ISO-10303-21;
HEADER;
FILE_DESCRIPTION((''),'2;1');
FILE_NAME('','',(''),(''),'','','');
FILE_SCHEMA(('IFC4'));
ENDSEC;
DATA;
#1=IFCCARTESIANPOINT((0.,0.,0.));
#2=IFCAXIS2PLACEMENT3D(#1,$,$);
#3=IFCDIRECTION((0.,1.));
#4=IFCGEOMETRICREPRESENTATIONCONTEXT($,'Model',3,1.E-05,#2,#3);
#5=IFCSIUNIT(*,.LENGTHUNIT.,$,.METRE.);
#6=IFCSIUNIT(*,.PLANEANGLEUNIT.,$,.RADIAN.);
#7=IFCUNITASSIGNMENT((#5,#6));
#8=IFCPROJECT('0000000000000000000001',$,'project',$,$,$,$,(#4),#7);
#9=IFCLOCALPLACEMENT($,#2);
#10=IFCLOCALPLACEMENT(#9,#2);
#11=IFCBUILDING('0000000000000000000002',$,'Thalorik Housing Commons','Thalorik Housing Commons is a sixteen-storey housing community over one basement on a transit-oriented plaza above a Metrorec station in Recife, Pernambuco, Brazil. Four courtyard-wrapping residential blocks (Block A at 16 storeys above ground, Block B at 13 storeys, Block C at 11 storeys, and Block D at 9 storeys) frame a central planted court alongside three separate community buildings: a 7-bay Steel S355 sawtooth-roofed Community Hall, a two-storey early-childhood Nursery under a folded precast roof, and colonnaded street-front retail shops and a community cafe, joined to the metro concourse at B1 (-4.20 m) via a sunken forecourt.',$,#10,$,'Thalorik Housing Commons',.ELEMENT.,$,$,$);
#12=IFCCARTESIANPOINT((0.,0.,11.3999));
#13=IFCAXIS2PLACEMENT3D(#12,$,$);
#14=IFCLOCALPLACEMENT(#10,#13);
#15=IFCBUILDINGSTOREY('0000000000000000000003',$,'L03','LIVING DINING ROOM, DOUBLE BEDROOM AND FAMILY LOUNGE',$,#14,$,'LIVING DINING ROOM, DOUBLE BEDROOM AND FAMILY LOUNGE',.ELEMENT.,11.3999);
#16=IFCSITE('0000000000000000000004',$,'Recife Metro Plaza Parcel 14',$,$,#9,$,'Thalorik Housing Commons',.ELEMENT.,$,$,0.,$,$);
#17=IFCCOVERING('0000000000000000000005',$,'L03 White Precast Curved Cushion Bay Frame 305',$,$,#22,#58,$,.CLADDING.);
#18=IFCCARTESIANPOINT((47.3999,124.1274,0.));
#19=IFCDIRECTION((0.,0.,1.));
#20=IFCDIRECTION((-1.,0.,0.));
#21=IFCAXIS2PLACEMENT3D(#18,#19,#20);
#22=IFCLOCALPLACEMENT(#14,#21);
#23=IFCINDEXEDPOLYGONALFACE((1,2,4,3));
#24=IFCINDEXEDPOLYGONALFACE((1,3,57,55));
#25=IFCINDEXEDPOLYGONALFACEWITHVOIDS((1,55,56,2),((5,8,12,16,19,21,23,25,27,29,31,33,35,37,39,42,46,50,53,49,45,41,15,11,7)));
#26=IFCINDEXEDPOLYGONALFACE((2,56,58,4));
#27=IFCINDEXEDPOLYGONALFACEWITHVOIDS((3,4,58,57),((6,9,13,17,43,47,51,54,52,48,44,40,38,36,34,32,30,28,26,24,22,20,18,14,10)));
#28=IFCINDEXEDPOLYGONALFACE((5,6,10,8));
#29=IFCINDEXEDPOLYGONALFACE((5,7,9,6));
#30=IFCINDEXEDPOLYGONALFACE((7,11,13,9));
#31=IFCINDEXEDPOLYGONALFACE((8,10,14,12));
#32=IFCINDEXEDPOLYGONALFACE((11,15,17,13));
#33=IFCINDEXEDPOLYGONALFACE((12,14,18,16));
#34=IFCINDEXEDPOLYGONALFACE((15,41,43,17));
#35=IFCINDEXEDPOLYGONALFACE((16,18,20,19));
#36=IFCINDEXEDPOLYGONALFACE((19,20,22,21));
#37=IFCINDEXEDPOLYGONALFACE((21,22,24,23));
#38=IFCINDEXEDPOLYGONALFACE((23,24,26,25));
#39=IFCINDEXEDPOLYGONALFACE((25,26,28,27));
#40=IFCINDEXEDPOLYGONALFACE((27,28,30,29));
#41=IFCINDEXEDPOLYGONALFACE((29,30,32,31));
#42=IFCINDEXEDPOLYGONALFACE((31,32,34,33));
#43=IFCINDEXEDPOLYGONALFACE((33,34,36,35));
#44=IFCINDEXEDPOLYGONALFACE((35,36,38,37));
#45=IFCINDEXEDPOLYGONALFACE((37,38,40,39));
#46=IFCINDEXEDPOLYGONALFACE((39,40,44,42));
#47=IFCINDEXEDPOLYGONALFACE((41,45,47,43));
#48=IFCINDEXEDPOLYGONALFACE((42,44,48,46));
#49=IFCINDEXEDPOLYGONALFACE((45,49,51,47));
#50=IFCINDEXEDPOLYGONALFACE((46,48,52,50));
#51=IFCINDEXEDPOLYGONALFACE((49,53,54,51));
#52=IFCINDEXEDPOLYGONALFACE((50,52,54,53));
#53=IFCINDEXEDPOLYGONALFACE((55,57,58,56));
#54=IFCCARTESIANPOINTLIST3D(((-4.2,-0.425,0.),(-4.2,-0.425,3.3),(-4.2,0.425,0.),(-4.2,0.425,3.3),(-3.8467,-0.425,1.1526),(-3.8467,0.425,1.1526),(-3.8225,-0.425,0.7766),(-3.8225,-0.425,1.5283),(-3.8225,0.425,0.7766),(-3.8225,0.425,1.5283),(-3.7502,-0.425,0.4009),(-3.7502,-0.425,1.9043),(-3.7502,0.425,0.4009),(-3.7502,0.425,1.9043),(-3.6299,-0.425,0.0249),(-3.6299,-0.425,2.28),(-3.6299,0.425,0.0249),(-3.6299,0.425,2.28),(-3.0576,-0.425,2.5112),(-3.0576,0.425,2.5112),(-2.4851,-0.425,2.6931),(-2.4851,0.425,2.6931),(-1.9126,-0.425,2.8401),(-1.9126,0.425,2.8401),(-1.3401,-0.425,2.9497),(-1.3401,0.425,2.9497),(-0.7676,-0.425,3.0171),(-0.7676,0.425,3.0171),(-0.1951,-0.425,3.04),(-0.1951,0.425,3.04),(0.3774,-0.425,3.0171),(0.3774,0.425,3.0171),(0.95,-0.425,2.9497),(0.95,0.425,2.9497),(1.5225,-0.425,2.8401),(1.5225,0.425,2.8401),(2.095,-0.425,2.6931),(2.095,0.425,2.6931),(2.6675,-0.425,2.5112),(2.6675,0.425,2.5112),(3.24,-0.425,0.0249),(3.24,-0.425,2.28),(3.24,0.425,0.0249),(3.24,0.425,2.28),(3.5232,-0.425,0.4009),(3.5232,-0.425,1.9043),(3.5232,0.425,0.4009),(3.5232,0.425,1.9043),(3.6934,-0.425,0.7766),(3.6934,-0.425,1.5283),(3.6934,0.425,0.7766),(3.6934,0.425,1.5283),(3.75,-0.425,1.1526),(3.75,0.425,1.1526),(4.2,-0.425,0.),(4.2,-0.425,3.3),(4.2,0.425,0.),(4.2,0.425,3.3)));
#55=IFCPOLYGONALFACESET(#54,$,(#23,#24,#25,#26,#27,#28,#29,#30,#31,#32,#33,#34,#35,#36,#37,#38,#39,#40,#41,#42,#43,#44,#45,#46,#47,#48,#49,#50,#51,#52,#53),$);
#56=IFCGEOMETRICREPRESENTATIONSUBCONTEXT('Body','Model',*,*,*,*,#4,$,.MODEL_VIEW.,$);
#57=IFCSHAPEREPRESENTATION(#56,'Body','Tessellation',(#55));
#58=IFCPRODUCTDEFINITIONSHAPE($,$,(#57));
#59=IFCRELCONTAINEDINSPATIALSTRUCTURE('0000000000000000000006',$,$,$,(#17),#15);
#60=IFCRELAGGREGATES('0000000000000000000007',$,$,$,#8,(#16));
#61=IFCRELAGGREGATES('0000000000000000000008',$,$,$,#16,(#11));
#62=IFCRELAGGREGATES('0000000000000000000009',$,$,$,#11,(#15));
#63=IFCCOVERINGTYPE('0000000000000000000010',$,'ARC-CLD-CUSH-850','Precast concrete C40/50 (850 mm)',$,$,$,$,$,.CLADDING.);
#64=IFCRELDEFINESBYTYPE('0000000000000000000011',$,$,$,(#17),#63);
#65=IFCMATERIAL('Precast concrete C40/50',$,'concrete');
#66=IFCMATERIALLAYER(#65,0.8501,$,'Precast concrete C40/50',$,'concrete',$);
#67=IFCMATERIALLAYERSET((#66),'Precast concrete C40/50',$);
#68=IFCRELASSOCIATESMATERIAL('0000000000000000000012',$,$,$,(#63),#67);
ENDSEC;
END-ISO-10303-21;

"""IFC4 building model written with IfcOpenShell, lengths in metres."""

from ifc_helpers import new_model, si_unit, direction, frame, origin, place, context, subcontext, project, spatial, polyline, outline, extrude, material, layer, layer_set, type_object, element, save


model = new_model("IFC4")

# Units and contexts
model_context = context("Model", 3, precision=1e-05, world=origin(), true_north=direction((0.0, 1.0)))
body_context = subcontext(model_context, "Body", "Model", "MODEL_VIEW")
ifc_project = project(units=[si_unit("LENGTHUNIT", "METRE"), si_unit("PLANEANGLEUNIT", "RADIAN")], contexts=[model_context])

# Site, building, storey
site_placement = place(None, origin())
site = spatial("IfcSite", under=ifc_project, at=site_placement, Name="Recife Metro Plaza Parcel 14", LongName="Thalorik Housing Commons", CompositionType="ELEMENT", RefElevation=0.0)
building_placement = place(site_placement, origin())
building = spatial("IfcBuilding", under=site, at=building_placement, Name="Thalorik Housing Commons", Description="Thalorik Housing Commons is a sixteen-storey housing community over one basement on a transit-oriented plaza above a Metrorec station in Recife, Pernambuco, Brazil. Four courtyard-wrapping residential blocks (Block A at 16 storeys above ground, Block B at 13 storeys, Block C at 11 storeys, and Block D at 9 storeys) frame a central planted court alongside three separate community buildings: a 7-bay Steel S355 sawtooth-roofed Community Hall, a two-storey early-childhood Nursery under a folded precast roof, and colonnaded street-front retail shops and a community cafe, joined to the metro concourse at B1 (-4.20 m) via a sunken forecourt.", LongName="Thalorik Housing Commons", CompositionType="ELEMENT")
storey_placement = place(building_placement, frame((0.0, 0.0, 11.3999)))
storey = spatial("IfcBuildingStorey", under=building, at=storey_placement, Name="L03", Description="LIVING DINING ROOM, DOUBLE BEDROOM AND FAMILY LOUNGE", LongName="LIVING DINING ROOM, DOUBLE BEDROOM AND FAMILY LOUNGE", CompositionType="ELEMENT", Elevation=11.3999)

# Shared definitions
ifc_material_1 = material(Name="Precast concrete C40/50", Category="concrete")

# Covering
ifc_layer_1 = layer(ifc_material_1, 0.8501, Name="Precast concrete C40/50", Category="concrete")
ifc_layer_set_1 = layer_set([ifc_layer_1], Name="Precast concrete C40/50")
covering_type_1 = type_object("IfcCoveringType", Name="ARC-CLD-CUSH-850", Description="Precast concrete C40/50 (850 mm)", PredefinedType="CLADDING", material=ifc_layer_set_1)
covering_1_placement = place(storey_placement, frame((47.3999, 124.1274, 0.0), z_axis=(0.0, 0.0, 1.0), x_axis=(-1.0, 0.0, 0.0)))
element("IfcCovering", 1, at=covering_1_placement, inside=storey, type_object=covering_type_1, Name="L03 White Precast Curved Cushion Bay Frame 305", PredefinedType="CLADDING", context=body_context, shape_type="SweptSolid", body=[
    extrude(outline(polyline([(-4.2, 0.0), (4.2, 0.0), (4.2, 3.3), (-4.2, 3.3), (-4.2, 0.0)]), holes=[polyline([(3.24, 0.0249), (3.5232, 0.4009), (3.6934, 0.7766), (3.75, 1.1526), (3.6934, 1.5283), (3.5232, 1.9043), (3.24, 2.28), (2.6675, 2.5112), (2.095, 2.6931), (1.5225, 2.8401), (0.95, 2.9497), (0.3774, 3.0171), (-0.1951, 3.04), (-0.7676, 3.0171), (-1.3401, 2.9497), (-1.9126, 2.8401), (-2.4851, 2.6931), (-3.0576, 2.5112), (-3.6299, 2.28), (-3.7502, 1.9043), (-3.8225, 1.5283), (-3.8467, 1.1526), (-3.8225, 0.7766), (-3.7502, 0.4009), (-3.6299, 0.0249), (3.24, 0.0249)])]), frame((0.0, 0.425, 0.0), z_axis=(0.0, -1.0, 0.0), x_axis=(1.0, 0.0, 0.0)), (0.0, 0.0, 1.0), 0.8501),
])

save(model, "model.ifc")
